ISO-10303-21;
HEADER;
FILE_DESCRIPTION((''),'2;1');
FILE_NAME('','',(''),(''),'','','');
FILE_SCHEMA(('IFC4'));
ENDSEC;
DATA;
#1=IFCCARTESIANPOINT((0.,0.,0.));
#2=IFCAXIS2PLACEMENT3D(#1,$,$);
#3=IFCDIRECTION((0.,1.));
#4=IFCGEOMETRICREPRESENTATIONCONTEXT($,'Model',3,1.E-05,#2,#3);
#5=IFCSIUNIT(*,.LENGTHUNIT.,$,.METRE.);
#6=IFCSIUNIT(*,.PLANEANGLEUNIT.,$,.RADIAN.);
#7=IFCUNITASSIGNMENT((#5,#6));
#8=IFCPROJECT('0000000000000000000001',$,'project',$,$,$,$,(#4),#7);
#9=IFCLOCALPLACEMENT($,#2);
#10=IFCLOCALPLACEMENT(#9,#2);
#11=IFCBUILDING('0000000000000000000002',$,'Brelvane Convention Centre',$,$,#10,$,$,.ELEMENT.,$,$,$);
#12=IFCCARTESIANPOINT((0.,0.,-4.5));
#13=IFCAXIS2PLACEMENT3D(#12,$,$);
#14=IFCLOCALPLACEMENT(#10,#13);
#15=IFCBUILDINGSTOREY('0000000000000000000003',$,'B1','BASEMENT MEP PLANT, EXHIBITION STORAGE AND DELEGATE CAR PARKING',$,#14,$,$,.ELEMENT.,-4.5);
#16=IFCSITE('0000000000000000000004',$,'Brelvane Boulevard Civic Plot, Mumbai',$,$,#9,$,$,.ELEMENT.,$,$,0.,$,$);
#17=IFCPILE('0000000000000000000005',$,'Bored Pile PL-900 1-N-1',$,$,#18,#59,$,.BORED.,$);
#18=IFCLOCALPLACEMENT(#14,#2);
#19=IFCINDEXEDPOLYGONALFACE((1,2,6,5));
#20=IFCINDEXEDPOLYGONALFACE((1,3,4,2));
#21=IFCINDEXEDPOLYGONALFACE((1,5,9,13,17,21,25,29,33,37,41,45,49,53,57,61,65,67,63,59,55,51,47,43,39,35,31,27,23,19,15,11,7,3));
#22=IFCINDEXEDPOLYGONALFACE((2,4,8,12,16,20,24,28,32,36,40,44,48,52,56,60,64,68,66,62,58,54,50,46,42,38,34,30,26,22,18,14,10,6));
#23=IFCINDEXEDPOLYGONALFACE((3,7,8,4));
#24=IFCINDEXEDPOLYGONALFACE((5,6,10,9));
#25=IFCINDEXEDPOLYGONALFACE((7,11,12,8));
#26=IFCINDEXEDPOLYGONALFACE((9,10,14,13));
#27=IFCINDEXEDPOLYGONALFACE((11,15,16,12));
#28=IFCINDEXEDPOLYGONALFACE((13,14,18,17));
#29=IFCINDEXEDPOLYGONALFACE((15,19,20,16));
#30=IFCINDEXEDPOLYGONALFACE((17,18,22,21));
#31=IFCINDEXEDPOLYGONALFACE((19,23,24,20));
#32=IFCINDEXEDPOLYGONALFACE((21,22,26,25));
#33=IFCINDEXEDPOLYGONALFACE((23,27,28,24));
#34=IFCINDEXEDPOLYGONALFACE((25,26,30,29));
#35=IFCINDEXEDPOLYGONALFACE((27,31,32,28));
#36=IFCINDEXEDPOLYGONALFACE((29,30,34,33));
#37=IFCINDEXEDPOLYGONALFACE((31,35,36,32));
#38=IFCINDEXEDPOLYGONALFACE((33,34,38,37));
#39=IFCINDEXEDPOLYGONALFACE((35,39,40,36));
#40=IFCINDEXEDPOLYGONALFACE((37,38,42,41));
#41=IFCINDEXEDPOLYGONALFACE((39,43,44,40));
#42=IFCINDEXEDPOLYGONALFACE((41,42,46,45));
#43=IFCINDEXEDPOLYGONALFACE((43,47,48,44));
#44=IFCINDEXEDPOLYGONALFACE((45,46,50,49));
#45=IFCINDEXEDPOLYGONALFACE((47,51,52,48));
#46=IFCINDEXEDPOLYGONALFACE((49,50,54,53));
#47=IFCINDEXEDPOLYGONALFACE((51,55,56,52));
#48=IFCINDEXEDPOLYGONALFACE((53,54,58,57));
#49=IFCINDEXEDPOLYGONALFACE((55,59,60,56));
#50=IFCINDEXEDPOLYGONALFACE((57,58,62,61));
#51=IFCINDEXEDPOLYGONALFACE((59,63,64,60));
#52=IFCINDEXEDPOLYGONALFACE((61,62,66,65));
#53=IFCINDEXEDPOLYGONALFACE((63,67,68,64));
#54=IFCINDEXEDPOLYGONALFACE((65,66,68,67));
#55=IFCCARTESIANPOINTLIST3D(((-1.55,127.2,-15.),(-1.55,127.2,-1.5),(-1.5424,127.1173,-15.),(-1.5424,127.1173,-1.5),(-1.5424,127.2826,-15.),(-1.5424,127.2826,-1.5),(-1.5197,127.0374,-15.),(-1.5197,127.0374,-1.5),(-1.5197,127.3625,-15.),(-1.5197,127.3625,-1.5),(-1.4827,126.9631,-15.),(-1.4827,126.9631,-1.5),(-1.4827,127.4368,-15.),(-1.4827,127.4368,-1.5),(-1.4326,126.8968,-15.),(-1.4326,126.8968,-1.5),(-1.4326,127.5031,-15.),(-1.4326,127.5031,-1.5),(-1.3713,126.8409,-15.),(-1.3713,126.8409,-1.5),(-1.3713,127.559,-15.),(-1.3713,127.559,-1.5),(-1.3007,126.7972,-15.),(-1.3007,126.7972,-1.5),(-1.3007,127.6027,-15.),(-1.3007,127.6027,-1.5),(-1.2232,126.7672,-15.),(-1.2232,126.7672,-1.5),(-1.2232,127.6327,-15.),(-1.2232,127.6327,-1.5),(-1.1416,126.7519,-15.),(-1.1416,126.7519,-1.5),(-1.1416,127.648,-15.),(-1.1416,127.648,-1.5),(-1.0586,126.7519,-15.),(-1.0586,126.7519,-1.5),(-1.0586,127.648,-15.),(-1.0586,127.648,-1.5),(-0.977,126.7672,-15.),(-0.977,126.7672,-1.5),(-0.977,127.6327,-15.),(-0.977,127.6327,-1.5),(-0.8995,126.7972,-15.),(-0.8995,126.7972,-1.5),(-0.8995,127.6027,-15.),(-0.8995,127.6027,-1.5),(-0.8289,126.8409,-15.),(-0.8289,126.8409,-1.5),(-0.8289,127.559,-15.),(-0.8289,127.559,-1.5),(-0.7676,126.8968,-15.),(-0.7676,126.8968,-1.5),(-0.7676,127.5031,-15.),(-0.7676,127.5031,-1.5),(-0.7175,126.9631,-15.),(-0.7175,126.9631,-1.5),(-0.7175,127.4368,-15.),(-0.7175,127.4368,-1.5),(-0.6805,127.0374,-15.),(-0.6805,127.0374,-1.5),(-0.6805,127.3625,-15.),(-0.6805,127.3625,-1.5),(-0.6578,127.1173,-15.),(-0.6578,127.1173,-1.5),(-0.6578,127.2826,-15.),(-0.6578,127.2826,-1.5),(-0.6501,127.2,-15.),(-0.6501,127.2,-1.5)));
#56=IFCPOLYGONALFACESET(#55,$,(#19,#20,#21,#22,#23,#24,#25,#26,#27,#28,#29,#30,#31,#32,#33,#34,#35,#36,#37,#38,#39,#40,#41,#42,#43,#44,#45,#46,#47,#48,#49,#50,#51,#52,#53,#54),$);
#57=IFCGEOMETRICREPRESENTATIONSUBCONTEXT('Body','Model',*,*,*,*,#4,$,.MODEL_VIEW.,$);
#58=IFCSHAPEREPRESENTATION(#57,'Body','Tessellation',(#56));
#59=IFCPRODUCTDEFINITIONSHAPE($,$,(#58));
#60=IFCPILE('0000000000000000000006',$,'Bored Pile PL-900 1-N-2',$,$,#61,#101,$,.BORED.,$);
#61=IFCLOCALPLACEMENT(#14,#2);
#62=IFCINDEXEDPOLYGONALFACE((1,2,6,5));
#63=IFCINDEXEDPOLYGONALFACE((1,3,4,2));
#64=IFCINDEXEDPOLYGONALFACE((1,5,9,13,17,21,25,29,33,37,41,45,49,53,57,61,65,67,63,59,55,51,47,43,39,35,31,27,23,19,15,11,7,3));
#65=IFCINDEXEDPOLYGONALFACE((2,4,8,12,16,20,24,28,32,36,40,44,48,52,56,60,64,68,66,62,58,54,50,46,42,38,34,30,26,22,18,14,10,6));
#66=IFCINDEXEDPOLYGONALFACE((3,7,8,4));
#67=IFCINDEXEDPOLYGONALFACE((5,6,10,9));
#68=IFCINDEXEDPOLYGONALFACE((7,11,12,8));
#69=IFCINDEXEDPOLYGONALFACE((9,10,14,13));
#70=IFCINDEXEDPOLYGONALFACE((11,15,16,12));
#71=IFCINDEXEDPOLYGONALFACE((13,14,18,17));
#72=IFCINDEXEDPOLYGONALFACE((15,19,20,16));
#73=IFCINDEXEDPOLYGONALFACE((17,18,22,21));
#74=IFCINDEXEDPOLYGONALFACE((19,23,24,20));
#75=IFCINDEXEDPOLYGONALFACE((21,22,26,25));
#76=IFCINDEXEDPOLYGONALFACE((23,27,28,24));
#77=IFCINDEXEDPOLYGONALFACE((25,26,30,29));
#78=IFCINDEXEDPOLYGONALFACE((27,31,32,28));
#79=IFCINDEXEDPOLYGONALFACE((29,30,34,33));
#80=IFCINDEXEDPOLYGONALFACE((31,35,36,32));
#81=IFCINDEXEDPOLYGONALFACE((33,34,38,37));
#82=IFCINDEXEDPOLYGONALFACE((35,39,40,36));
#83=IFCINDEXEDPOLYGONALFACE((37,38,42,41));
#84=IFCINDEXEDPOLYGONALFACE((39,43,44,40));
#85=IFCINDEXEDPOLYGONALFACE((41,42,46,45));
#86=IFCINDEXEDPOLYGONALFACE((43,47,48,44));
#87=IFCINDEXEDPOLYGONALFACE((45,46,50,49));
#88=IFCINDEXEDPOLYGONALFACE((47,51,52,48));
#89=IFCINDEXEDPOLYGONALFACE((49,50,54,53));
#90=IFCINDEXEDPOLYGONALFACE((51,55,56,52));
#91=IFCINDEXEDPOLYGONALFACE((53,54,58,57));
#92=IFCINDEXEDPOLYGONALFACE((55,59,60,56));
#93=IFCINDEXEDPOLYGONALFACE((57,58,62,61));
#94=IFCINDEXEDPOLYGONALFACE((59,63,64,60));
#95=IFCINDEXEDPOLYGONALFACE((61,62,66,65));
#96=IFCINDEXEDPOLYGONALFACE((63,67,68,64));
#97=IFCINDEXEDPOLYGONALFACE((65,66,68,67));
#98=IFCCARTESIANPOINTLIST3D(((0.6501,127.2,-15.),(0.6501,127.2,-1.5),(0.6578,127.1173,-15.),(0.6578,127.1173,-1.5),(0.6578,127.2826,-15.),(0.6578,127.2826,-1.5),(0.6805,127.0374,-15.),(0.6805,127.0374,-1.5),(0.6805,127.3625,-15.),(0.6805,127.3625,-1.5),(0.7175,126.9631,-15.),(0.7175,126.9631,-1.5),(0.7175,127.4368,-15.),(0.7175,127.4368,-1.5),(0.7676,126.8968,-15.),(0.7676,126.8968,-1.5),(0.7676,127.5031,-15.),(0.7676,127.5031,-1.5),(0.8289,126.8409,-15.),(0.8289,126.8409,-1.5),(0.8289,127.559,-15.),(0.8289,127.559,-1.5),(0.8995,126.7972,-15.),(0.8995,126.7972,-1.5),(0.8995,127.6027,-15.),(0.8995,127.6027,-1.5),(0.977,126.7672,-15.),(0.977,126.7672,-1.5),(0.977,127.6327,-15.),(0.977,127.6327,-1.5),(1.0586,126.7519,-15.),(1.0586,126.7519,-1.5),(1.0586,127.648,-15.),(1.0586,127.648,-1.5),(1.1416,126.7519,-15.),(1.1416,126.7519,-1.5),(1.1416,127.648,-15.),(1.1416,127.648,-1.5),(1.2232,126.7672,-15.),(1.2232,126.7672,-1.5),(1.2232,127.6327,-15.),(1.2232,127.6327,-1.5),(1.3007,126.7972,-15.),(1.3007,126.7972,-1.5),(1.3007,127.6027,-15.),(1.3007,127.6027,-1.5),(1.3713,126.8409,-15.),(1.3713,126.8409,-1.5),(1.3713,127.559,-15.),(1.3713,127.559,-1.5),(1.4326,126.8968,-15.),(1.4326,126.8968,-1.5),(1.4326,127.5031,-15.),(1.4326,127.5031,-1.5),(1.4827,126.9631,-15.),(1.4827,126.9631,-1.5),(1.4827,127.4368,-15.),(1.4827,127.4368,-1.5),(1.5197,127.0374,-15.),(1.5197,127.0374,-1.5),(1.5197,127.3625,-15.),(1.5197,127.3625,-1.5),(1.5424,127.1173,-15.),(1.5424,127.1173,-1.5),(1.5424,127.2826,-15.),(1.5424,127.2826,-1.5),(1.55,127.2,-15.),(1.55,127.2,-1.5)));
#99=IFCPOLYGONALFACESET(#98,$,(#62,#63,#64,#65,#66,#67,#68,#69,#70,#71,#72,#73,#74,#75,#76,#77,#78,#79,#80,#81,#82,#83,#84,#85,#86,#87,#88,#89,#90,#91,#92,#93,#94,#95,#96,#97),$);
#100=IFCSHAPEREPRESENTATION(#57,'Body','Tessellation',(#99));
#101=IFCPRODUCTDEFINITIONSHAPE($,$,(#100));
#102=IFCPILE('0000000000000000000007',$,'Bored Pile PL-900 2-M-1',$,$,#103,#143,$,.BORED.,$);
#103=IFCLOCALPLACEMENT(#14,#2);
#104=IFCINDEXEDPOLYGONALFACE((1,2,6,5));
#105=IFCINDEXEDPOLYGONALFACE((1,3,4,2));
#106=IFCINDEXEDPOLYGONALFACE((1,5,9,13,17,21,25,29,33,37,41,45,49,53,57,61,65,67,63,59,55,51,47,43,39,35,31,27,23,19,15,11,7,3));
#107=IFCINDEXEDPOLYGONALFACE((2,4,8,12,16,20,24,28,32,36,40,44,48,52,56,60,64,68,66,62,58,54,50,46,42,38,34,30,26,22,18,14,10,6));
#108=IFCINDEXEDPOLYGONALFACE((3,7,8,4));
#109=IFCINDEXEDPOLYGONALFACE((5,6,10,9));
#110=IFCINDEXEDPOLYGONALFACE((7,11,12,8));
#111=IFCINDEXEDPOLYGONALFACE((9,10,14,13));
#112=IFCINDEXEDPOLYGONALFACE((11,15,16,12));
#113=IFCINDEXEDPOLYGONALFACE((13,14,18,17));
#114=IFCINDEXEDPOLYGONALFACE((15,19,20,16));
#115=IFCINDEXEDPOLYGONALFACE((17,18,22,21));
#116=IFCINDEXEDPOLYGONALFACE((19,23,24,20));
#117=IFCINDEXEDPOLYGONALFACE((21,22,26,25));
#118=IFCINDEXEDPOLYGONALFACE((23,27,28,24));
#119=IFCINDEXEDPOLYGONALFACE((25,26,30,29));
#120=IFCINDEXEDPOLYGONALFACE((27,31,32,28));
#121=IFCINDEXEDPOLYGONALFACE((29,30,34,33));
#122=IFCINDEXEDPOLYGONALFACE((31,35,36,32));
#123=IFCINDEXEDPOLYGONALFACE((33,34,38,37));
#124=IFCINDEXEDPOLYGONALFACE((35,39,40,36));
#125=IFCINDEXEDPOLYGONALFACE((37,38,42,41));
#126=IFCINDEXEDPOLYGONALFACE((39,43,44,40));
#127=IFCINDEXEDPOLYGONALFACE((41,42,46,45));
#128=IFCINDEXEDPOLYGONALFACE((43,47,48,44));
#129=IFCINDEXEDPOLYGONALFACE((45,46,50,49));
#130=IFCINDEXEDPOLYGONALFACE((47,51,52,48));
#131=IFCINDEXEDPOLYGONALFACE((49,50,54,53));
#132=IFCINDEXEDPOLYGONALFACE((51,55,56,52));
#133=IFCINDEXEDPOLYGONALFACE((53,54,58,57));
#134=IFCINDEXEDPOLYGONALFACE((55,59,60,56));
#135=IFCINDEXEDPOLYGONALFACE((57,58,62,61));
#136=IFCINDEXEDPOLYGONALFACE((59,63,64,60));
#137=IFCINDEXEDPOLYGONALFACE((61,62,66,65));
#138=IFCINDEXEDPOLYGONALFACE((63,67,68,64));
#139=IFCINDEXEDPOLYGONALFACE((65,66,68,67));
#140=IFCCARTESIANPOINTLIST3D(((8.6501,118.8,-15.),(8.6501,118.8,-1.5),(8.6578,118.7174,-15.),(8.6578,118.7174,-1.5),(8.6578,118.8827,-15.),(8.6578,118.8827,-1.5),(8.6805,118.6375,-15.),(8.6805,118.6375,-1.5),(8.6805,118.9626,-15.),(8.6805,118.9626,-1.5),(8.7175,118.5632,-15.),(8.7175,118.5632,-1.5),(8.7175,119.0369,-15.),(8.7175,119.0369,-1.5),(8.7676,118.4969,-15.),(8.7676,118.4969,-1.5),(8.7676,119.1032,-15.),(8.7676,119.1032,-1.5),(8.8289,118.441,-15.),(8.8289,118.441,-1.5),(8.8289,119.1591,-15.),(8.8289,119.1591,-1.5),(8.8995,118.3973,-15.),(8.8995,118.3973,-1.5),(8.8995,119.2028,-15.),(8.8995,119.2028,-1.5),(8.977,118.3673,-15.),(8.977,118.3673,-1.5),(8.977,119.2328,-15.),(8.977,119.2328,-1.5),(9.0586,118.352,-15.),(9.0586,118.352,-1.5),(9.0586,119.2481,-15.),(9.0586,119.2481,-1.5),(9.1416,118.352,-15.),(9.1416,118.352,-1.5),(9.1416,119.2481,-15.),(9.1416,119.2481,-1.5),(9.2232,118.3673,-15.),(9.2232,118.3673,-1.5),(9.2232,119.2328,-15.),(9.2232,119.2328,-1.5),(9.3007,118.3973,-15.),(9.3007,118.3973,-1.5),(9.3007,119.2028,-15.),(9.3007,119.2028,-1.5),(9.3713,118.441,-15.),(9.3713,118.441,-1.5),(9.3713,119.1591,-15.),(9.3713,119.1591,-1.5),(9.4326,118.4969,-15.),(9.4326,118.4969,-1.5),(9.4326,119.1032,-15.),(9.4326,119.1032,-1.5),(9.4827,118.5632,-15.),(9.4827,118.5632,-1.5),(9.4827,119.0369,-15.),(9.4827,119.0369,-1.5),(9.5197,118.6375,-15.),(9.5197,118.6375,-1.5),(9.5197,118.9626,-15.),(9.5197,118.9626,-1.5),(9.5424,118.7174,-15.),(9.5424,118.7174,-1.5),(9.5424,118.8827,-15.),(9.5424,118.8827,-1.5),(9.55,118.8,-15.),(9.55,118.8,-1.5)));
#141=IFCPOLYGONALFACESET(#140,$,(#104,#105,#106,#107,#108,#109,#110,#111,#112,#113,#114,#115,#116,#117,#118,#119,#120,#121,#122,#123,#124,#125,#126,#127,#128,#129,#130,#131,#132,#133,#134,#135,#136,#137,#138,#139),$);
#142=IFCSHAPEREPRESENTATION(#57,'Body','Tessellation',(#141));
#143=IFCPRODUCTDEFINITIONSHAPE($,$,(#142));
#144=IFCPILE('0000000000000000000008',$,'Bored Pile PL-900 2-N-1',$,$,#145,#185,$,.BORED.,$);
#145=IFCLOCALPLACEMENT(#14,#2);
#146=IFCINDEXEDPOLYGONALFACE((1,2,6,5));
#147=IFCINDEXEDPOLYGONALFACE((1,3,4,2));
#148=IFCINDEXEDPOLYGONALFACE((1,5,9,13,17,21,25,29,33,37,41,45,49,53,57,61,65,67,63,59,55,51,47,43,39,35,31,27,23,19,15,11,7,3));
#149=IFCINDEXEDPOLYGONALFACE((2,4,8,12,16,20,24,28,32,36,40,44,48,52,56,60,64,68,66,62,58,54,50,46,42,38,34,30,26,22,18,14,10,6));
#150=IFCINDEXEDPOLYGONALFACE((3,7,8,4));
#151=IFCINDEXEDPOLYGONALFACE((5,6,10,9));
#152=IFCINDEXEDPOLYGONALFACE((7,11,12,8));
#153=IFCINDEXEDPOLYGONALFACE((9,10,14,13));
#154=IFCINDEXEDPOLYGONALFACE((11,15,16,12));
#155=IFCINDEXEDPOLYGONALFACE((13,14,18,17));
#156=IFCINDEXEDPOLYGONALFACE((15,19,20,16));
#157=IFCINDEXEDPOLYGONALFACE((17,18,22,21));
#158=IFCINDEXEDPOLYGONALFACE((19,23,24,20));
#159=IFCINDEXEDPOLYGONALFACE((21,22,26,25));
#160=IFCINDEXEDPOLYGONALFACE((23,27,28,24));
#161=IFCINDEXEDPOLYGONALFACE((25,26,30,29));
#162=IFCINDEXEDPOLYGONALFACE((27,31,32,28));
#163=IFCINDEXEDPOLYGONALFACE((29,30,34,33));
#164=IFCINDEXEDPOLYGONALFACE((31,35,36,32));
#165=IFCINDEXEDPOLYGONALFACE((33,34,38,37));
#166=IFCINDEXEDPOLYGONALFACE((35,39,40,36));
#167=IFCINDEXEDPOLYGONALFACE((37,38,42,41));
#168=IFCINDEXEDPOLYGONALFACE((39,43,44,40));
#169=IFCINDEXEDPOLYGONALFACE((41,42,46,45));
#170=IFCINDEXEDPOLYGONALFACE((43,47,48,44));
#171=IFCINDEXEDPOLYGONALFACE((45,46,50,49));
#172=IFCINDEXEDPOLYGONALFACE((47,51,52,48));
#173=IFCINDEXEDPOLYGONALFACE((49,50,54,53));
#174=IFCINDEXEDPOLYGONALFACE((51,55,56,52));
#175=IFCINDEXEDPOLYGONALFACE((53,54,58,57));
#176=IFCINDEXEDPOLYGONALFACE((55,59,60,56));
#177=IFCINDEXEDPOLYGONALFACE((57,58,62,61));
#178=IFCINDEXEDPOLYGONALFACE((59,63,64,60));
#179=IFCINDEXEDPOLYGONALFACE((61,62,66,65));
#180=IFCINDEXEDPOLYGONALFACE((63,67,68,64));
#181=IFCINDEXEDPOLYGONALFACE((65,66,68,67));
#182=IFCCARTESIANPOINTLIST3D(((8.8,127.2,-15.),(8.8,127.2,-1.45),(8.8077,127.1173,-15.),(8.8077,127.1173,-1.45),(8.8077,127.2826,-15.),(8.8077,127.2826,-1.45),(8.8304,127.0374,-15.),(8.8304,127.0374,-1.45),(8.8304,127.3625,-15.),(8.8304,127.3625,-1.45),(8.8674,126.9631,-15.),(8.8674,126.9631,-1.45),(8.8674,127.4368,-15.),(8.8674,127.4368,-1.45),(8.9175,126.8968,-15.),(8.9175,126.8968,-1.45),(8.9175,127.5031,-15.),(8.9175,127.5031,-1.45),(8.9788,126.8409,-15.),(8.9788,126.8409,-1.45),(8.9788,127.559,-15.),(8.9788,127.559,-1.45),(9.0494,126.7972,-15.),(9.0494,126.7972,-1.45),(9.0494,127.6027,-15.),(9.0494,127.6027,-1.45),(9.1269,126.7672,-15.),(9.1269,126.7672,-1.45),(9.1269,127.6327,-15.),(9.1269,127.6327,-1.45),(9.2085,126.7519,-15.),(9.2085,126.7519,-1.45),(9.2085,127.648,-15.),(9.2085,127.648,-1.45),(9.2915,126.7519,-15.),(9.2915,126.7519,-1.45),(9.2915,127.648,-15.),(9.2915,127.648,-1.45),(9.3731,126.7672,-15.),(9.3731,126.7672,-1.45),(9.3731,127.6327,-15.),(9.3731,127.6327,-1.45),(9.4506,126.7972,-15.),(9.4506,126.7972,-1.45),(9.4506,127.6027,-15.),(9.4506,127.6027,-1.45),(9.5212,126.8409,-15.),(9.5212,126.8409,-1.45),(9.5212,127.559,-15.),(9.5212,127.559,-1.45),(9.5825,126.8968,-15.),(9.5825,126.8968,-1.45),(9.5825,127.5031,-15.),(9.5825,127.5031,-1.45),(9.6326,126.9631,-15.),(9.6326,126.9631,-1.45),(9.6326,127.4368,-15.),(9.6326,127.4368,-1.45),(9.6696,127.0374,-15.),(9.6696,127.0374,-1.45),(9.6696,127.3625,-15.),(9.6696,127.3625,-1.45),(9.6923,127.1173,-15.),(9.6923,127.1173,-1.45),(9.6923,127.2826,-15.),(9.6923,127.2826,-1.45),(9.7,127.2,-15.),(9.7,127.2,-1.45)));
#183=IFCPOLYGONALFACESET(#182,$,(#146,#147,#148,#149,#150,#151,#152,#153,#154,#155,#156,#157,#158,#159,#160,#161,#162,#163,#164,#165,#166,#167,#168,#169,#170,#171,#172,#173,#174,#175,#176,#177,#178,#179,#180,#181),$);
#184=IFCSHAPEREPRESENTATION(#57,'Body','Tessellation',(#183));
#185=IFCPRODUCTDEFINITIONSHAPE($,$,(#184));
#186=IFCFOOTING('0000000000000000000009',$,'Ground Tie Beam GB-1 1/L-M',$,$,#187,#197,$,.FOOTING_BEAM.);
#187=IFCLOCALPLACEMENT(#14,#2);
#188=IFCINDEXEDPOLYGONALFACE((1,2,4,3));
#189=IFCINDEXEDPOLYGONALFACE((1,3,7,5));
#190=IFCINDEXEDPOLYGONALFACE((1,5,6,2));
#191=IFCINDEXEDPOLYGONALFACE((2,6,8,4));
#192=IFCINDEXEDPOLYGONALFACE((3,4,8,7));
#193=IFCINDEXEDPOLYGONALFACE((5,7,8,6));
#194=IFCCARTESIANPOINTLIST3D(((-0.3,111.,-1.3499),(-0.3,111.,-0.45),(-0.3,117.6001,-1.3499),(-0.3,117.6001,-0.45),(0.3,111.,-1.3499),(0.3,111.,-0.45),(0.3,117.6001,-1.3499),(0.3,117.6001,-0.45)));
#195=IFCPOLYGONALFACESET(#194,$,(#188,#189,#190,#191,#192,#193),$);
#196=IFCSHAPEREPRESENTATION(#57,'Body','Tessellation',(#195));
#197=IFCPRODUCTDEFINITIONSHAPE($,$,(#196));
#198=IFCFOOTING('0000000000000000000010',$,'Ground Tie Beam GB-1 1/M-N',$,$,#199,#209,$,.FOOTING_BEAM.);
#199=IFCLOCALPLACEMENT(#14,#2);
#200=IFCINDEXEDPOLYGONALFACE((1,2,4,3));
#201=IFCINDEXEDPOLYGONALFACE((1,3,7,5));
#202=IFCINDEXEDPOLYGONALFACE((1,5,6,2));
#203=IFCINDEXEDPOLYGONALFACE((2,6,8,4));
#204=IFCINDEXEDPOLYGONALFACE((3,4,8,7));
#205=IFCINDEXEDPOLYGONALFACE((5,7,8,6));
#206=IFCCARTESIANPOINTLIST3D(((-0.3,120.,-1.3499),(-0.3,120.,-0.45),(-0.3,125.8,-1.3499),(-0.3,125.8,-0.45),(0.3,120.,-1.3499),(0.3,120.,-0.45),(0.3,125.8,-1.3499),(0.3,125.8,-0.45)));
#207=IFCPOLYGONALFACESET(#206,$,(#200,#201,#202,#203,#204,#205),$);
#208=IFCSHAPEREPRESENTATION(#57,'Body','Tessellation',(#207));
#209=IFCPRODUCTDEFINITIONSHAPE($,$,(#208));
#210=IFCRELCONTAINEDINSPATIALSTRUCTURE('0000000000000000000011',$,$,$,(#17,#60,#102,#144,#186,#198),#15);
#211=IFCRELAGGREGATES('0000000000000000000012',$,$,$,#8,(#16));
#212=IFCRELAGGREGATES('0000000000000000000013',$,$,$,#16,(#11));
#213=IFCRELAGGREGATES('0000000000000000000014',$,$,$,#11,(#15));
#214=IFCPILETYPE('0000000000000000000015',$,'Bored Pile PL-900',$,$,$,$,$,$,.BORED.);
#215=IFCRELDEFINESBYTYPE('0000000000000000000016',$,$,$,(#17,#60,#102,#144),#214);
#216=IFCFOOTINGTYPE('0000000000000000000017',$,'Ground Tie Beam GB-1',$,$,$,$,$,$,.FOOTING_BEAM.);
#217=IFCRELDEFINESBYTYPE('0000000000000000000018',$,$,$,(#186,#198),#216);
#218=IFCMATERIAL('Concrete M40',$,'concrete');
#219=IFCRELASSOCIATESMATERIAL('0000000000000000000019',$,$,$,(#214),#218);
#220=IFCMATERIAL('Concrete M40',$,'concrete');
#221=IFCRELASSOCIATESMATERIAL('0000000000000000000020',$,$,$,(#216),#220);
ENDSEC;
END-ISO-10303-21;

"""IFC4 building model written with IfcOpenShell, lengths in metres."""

from ifc_helpers import new_model, si_unit, direction, frame, origin, origin_2d, place, context, subcontext, project, spatial, rectangle, circle, extrude, material, material_profile, profile_set, type_object, element, save


model = new_model("IFC4")

# Units and contexts
model_context = context("Model", 3, precision=1e-05, world=origin(), true_north=direction((0.0, 1.0)))
body_context = subcontext(model_context, "Body", "Model", "MODEL_VIEW")
ifc_project = project(units=[si_unit("LENGTHUNIT", "METRE"), si_unit("PLANEANGLEUNIT", "RADIAN")], contexts=[model_context])

# Site, building, storey
site_placement = place(None, origin())
site = spatial("IfcSite", under=ifc_project, at=site_placement, Name="Brelvane Boulevard Civic Plot, Mumbai", CompositionType="ELEMENT", RefElevation=0.0)
building_placement = place(site_placement, origin())
building = spatial("IfcBuilding", under=site, at=building_placement, Name="Brelvane Convention Centre", CompositionType="ELEMENT")
storey_placement = place(building_placement, frame((0.0, 0.0, -4.5)))
storey = spatial("IfcBuildingStorey", under=building, at=storey_placement, Name="B1", Description="BASEMENT MEP PLANT, EXHIBITION STORAGE AND DELEGATE CAR PARKING", CompositionType="ELEMENT", Elevation=-4.5)

# Piles
ifc_material_1 = material(Name="Concrete M40", Category="concrete")
ifc_material_profile_1 = material_profile(ifc_material_1, circle(Radius=0.45, at=origin_2d()), Name="PILE D900")
ifc_profile_set_1 = profile_set([ifc_material_profile_1], Name="Concrete M40")
pile_type = type_object("IfcPileType", Name="Bored Pile PL-900", PredefinedType="BORED", material=ifc_profile_set_1)
for number, where, z_axis, x_axis, name in (
    (1, (-1.1001, 127.2, -1.5), (0.0, 0.0, -1.0), (1.0, 0.0, 0.0), "Bored Pile PL-900 1-N-1"),
    (2, (1.1001, 127.2, -1.5), (0.0, 0.0, -1.0), (1.0, 0.0, 0.0), "Bored Pile PL-900 1-N-2"),
    (3, (9.1001, 118.8, -1.5), (0.0, 0.0, -1.0), (1.0, 0.0, 0.0), "Bored Pile PL-900 2-M-1"),
):
    element("IfcPile", number, at=place(storey_placement, frame(where, z_axis=z_axis, x_axis=x_axis)), inside=storey, type_object=pile_type, Name=name, PredefinedType="BORED", context=body_context, shape_type="SweptSolid", body=[
        extrude(circle(Radius=0.45, at=origin_2d()), origin(), (0.0, 0.0, 1.0), 13.5),
    ])
pile_placement = place(storey_placement, frame((9.25, 127.2, -1.45), z_axis=(0.0, 0.0, -1.0), x_axis=(1.0, 0.0, 0.0)))
element("IfcPile", 4, at=pile_placement, inside=storey, type_object=pile_type, Name="Bored Pile PL-900 2-N-1", PredefinedType="BORED", context=body_context, shape_type="SweptSolid", body=[
    extrude(circle(Radius=0.45, at=origin_2d()), origin(), (0.0, 0.0, 1.0), 13.55),
])

# Footings
ifc_material_2 = material(Name="Concrete M40", Category="concrete")
ifc_material_profile_2 = material_profile(ifc_material_2, rectangle(XDim=0.6001, YDim=0.8999, at=origin_2d()), Name="RC 600x900")
ifc_profile_set_2 = profile_set([ifc_material_profile_2], Name="Concrete M40")
footing_type_1 = type_object("IfcFootingType", Name="Ground Tie Beam GB-1", PredefinedType="FOOTING_BEAM", material=ifc_profile_set_2)
footing_1_placement = place(storey_placement, frame((0.0, 111.0, -0.8999), z_axis=(0.0, 1.0, 0.0), x_axis=(-1.0, 0.0, 0.0)))
element("IfcFooting", 5, at=footing_1_placement, inside=storey, type_object=footing_type_1, Name="Ground Tie Beam GB-1 1/L-M", PredefinedType="FOOTING_BEAM", context=body_context, shape_type="SweptSolid", body=[
    extrude(rectangle(XDim=0.6001, YDim=0.8999, at=origin_2d()), origin(), (0.0, 0.0, 1.0), 6.6001),
])
footing_2_placement = place(storey_placement, frame((0.0, 120.0, -0.8999), z_axis=(0.0, 1.0, 0.0), x_axis=(-1.0, 0.0, 0.0)))
element("IfcFooting", 6, at=footing_2_placement, inside=storey, type_object=footing_type_1, Name="Ground Tie Beam GB-1 1/M-N", PredefinedType="FOOTING_BEAM", context=body_context, shape_type="SweptSolid", body=[
    extrude(rectangle(XDim=0.6001, YDim=0.8999, at=origin_2d()), origin(), (0.0, 0.0, 1.0), 5.8),
])

save(model, "model.ifc")
